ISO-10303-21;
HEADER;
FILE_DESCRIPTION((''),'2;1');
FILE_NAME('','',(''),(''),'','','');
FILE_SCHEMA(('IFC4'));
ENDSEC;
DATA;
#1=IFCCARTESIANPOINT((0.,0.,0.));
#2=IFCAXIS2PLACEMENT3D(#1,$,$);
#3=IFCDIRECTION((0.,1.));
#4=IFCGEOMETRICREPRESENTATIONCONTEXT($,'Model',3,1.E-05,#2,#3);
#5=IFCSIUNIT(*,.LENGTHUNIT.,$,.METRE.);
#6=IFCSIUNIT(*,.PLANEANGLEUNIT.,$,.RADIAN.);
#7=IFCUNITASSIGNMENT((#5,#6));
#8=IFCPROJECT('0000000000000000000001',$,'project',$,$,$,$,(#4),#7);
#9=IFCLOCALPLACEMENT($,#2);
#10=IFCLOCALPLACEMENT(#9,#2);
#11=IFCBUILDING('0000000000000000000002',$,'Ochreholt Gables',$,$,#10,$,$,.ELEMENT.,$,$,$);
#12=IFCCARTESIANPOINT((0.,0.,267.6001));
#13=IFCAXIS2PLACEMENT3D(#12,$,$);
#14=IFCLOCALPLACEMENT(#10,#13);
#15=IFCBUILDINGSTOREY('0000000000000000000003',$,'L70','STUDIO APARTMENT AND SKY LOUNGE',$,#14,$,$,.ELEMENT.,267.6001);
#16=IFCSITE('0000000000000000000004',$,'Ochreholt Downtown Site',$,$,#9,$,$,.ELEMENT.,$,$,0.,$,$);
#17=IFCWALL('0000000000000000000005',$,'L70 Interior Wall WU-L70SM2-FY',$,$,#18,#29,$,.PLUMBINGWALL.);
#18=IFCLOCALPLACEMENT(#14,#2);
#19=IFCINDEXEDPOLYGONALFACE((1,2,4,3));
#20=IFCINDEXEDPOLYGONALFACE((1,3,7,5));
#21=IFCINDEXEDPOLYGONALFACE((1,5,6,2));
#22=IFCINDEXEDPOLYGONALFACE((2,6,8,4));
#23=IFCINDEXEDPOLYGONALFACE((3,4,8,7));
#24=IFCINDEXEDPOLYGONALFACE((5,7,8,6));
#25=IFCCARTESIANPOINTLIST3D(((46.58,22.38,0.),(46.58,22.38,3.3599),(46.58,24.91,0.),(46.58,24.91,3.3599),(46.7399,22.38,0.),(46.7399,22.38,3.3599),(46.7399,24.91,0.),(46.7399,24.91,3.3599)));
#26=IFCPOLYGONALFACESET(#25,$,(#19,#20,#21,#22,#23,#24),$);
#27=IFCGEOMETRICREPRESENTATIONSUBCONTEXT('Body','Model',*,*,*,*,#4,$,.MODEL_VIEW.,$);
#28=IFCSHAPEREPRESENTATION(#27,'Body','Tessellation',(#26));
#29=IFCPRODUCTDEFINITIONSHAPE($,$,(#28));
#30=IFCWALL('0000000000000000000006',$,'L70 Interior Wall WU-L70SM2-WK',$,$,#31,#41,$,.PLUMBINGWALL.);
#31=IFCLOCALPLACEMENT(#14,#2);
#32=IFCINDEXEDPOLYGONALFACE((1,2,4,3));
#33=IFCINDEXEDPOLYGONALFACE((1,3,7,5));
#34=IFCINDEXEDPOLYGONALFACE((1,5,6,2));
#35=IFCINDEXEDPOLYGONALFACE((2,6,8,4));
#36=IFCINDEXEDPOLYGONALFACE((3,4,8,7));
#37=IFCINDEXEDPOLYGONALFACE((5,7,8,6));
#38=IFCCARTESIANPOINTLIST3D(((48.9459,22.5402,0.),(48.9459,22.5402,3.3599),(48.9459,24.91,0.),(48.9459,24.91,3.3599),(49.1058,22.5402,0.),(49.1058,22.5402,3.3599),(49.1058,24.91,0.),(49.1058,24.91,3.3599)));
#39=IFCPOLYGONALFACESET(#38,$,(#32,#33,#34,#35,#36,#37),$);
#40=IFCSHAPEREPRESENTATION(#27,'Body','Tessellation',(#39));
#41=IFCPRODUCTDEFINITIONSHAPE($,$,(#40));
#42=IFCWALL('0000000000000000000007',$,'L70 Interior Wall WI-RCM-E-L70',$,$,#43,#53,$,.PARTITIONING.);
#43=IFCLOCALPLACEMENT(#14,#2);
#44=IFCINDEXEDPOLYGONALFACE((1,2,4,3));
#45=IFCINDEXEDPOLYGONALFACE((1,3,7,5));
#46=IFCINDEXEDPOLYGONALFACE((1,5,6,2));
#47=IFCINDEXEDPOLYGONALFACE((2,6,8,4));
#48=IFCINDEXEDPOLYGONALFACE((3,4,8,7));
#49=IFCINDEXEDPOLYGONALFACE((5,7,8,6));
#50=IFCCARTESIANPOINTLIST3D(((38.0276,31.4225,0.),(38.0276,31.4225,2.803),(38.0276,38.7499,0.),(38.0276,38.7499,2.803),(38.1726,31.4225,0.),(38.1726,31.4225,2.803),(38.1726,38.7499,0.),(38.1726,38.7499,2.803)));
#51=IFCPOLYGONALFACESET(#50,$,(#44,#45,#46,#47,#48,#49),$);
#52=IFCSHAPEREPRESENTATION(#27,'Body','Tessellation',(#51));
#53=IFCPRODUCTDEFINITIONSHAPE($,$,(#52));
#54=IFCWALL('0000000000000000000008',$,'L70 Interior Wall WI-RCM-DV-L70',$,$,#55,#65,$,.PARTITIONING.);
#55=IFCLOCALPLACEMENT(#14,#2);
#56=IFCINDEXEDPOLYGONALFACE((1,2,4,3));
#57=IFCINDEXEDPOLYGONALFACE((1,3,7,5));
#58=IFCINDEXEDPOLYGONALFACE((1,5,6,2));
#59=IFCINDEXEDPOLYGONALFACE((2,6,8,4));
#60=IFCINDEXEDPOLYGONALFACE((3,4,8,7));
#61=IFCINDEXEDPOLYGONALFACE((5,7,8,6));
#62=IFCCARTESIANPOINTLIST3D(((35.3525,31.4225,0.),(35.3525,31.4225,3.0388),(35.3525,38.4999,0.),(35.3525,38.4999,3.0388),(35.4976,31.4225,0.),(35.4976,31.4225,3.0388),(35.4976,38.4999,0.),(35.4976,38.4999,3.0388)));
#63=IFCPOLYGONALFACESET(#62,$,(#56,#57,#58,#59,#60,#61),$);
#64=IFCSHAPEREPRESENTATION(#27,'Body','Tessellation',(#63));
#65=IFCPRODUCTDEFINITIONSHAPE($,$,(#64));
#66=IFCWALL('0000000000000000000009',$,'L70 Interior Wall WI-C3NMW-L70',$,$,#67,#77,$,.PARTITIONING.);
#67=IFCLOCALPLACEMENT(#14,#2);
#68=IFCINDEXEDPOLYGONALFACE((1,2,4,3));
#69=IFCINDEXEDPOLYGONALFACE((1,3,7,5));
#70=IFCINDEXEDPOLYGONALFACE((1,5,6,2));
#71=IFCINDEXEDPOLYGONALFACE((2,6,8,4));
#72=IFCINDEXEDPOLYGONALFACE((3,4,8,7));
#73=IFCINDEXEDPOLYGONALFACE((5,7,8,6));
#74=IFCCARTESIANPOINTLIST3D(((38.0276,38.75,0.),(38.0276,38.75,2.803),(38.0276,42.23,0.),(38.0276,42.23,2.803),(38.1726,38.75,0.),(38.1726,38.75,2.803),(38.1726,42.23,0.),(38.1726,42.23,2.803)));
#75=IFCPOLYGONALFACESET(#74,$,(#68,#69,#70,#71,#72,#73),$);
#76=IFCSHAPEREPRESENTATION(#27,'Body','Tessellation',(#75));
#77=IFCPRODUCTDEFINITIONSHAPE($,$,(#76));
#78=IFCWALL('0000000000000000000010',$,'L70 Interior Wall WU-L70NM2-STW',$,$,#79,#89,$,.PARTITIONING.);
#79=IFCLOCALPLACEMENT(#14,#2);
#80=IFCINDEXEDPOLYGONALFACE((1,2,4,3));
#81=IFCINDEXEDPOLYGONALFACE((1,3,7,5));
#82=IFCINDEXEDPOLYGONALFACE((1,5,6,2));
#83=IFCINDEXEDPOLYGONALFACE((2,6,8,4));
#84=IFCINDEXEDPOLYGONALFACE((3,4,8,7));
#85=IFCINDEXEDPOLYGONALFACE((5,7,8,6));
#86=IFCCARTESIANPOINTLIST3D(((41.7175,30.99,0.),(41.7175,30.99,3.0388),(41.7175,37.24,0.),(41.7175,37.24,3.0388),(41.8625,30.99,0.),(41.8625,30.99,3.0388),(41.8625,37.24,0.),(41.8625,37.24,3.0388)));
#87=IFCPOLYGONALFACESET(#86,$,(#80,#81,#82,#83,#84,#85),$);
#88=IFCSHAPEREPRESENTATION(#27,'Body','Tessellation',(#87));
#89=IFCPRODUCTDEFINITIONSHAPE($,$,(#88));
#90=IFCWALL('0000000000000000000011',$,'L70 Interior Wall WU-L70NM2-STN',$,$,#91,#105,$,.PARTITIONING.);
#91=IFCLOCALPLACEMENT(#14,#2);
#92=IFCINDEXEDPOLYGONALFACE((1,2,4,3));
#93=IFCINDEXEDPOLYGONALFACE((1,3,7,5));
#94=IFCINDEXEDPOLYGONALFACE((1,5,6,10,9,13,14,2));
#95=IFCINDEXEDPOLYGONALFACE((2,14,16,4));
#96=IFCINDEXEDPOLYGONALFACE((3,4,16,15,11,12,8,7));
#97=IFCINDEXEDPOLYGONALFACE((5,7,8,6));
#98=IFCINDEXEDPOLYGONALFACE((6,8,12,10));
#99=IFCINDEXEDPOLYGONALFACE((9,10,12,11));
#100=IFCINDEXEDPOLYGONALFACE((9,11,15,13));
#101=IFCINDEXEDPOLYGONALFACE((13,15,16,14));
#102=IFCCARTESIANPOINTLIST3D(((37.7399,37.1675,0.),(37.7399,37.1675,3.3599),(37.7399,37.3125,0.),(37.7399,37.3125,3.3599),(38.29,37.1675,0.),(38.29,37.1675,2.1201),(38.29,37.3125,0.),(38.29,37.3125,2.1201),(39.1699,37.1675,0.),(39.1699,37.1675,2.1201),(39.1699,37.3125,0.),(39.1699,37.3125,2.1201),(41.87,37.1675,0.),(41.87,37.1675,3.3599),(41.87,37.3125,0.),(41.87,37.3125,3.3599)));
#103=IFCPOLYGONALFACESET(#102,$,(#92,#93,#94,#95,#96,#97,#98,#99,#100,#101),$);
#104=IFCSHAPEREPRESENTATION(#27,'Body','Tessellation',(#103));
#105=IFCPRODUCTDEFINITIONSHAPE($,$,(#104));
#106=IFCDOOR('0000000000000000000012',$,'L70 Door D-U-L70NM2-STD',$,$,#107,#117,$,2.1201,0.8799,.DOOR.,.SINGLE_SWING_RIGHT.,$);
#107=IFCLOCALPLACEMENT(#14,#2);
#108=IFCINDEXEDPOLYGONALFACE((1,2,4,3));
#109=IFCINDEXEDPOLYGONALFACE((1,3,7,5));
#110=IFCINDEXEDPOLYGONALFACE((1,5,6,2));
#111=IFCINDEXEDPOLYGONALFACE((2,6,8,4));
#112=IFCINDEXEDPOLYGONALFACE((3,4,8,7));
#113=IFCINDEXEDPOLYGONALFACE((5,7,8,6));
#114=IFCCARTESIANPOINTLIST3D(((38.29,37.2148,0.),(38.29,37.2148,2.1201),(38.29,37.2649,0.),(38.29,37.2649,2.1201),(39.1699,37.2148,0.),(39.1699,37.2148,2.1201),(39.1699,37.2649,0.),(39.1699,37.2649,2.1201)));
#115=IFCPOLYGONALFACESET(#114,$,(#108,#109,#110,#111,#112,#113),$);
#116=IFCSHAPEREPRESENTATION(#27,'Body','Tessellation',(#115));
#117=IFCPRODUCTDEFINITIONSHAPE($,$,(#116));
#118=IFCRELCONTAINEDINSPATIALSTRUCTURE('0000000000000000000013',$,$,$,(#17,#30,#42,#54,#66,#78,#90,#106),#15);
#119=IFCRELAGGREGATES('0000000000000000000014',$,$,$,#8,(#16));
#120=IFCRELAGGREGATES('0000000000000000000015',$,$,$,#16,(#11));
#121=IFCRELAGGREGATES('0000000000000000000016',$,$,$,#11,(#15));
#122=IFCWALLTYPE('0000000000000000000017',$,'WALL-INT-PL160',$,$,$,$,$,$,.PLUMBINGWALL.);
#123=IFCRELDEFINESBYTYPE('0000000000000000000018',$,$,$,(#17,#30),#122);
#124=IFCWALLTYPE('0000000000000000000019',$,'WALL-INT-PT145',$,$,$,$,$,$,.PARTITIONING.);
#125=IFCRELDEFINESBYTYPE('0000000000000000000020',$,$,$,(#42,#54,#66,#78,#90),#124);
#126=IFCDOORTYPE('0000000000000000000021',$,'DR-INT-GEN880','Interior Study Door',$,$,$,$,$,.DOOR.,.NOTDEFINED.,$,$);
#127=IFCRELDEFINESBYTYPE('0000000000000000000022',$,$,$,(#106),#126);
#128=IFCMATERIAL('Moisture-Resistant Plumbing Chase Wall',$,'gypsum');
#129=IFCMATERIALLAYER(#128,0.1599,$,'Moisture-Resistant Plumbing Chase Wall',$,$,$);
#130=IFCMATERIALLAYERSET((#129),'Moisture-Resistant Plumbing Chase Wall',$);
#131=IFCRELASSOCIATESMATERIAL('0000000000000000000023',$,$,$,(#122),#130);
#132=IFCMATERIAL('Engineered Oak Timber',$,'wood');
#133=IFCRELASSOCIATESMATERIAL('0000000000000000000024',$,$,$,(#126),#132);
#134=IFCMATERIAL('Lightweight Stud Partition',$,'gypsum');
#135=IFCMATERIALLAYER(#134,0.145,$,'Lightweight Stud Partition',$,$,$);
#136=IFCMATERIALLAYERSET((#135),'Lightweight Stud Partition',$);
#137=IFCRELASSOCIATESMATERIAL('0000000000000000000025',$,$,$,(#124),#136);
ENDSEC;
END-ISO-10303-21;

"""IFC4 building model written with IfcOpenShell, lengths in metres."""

from ifc_helpers import new_model, si_unit, direction, frame, frame_2d, origin, place, context, subcontext, project, spatial, rectangle, extrude, material, layer, layer_set, type_object, element, fill, save


model = new_model("IFC4")

# Units and contexts
model_context = context("Model", 3, precision=1e-05, world=origin(), true_north=direction((0.0, 1.0)))
body_context = subcontext(model_context, "Body", "Model", "MODEL_VIEW")
ifc_project = project(units=[si_unit("LENGTHUNIT", "METRE"), si_unit("PLANEANGLEUNIT", "RADIAN")], contexts=[model_context])

# Site, building, storey
site_placement = place(None, origin())
site = spatial("IfcSite", under=ifc_project, at=site_placement, Name="Ochreholt Downtown Site", CompositionType="ELEMENT", RefElevation=0.0)
building_placement = place(site_placement, origin())
building = spatial("IfcBuilding", under=site, at=building_placement, Name="Ochreholt Gables", CompositionType="ELEMENT")
storey_placement = place(building_placement, frame((0.0, 0.0, 267.6001)))
storey = spatial("IfcBuildingStorey", under=building, at=storey_placement, Name="L70", Description="STUDIO APARTMENT AND SKY LOUNGE", CompositionType="ELEMENT", Elevation=267.6001)

# Shared definitions
ifc_material_1 = material(Name="Engineered Oak Timber", Category="wood")

# Shared definitions
ifc_material_2 = material(Name="Moisture-Resistant Plumbing Chase Wall", Category="gypsum")
ifc_layer_1 = layer(ifc_material_2, 0.1599, Name="Moisture-Resistant Plumbing Chase Wall")
ifc_layer_set_1 = layer_set([ifc_layer_1], Name="Moisture-Resistant Plumbing Chase Wall")
wall_type_1 = type_object("IfcWallType", Name="WALL-INT-PL160", PredefinedType="PLUMBINGWALL", material=ifc_layer_set_1)
door_type_1 = type_object("IfcDoorType", Name="DR-INT-GEN880", Description="Interior Study Door", OperationType="NOTDEFINED", PredefinedType="DOOR", material=ifc_material_1)

# Walls
wall_1_placement = place(storey_placement, frame((46.6599, 22.3799, 0.0), z_axis=(0.0, 0.0, 1.0), x_axis=(0.0, 1.0, 0.0)))
element("IfcWall", 1, at=wall_1_placement, inside=storey, type_object=wall_type_1, Name="L70 Interior Wall WU-L70SM2-FY", PredefinedType="PLUMBINGWALL", context=body_context, shape_type="SweptSolid", body=[
    extrude(rectangle(XDim=2.53, YDim=0.1599, at=frame_2d((1.2651, 0.0))), origin(), (0.0, 0.0, 1.0), 3.3599),
])
wall_2_placement = place(storey_placement, frame((49.0259, 22.54, 0.0), z_axis=(0.0, 0.0, 1.0), x_axis=(0.0, 1.0, 0.0)))
element("IfcWall", 2, at=wall_2_placement, inside=storey, type_object=wall_type_1, Name="L70 Interior Wall WU-L70SM2-WK", PredefinedType="PLUMBINGWALL", context=body_context, shape_type="SweptSolid", body=[
    extrude(rectangle(XDim=2.3699, YDim=0.1599, at=frame_2d((1.1851, 0.0))), origin(), (0.0, 0.0, 1.0), 3.3599),
])
ifc_material_3 = material(Name="Lightweight Stud Partition", Category="gypsum")
ifc_layer_2 = layer(ifc_material_3, 0.145, Name="Lightweight Stud Partition")
ifc_layer_set_2 = layer_set([ifc_layer_2], Name="Lightweight Stud Partition")
wall_type_2 = type_object("IfcWallType", Name="WALL-INT-PT145", PredefinedType="PARTITIONING", material=ifc_layer_set_2)
wall_3_placement = place(storey_placement, frame((38.1001, 31.4226, 0.0), z_axis=(0.0, 0.0, 1.0), x_axis=(0.0, 1.0, 0.0)))
element("IfcWall", 3, at=wall_3_placement, inside=storey, type_object=wall_type_2, Name="L70 Interior Wall WI-RCM-E-L70", PredefinedType="PARTITIONING", context=body_context, shape_type="SweptSolid", body=[
    extrude(rectangle(XDim=7.3274, YDim=0.145, at=frame_2d((3.6636, 0.0))), origin(), (0.0, 0.0, 1.0), 2.803),
])
wall_4_placement = place(storey_placement, frame((35.425, 31.4226, 0.0), z_axis=(0.0, 0.0, 1.0), x_axis=(0.0, 1.0, 0.0)))
element("IfcWall", 4, at=wall_4_placement, inside=storey, type_object=wall_type_2, Name="L70 Interior Wall WI-RCM-DV-L70", PredefinedType="PARTITIONING", context=body_context, shape_type="SweptSolid", body=[
    extrude(rectangle(XDim=7.0774, YDim=0.145, at=frame_2d((3.5386, 0.0))), origin(), (0.0, 0.0, 1.0), 3.0388),
])
wall_5_placement = place(storey_placement, frame((38.1001, 38.75, 0.0), z_axis=(0.0, 0.0, 1.0), x_axis=(0.0, 1.0, 0.0)))
element("IfcWall", 5, at=wall_5_placement, inside=storey, type_object=wall_type_2, Name="L70 Interior Wall WI-C3NMW-L70", PredefinedType="PARTITIONING", context=body_context, shape_type="SweptSolid", body=[
    extrude(rectangle(XDim=3.48, YDim=0.145, at=frame_2d((1.74, 0.0))), origin(), (0.0, 0.0, 1.0), 2.803),
])
wall_6_placement = place(storey_placement, frame((41.79, 30.99, 0.0), z_axis=(0.0, 0.0, 1.0), x_axis=(0.0, 1.0, 0.0)))
element("IfcWall", 6, at=wall_6_placement, inside=storey, type_object=wall_type_2, Name="L70 Interior Wall WU-L70NM2-STW", PredefinedType="PARTITIONING", context=body_context, shape_type="SweptSolid", body=[
    extrude(rectangle(XDim=6.25, YDim=0.145, at=frame_2d((3.125, 0.0))), origin(), (0.0, 0.0, 1.0), 3.0388),
])

# Wall, opening, door
wall_7_placement = place(storey_placement, frame((37.74, 37.24, 0.0), z_axis=(0.0, 0.0, 1.0), x_axis=(1.0, 0.0, 0.0)))
wall_7 = element("IfcWall", 7, at=wall_7_placement, inside=storey, type_object=wall_type_2, Name="L70 Interior Wall WU-L70NM2-STN", PredefinedType="PARTITIONING", context=body_context, shape_type="SweptSolid", body=[
    extrude(rectangle(XDim=4.1301, YDim=0.145, at=frame_2d((2.0649, 0.0))), origin(), (0.0, 0.0, 1.0), 3.3599),
])
opening_1_placement = place(wall_7_placement, frame((0.55, 0.0, 0.0)))
opening_1 = element("IfcOpeningElement", 8, at=opening_1_placement, cuts=wall_7, PredefinedType="OPENING", context=body_context, shape_type="SweptSolid", body=[
    extrude(rectangle(XDim=0.8799, YDim=2.1201, at=frame_2d((0.4399, 1.0601))), frame((0.0, 0.0825, 0.0), z_axis=(0.0, -1.0, 0.0), x_axis=(1.0, 0.0, 0.0)), (0.0, 0.0, 1.0), 0.165),
])
door_1_placement = place(opening_1_placement, origin())
door_1 = element("IfcDoor", 9, at=door_1_placement, inside=storey, type_object=door_type_1, Name="L70 Door D-U-L70NM2-STD", OperationType="SINGLE_SWING_RIGHT", OverallHeight=2.1201, OverallWidth=0.8799, PredefinedType="DOOR", context=body_context, shape_type="SweptSolid", body=[
    extrude(rectangle(XDim=0.8799, YDim=2.1201, at=frame_2d((0.4399, 1.0601))), frame((0.0, 0.0249, 0.0), z_axis=(0.0, -1.0, 0.0), x_axis=(1.0, 0.0, 0.0)), (0.0, 0.0, 1.0), 0.05),
])
fill(opening_1, door_1)

save(model, "model.ifc")
